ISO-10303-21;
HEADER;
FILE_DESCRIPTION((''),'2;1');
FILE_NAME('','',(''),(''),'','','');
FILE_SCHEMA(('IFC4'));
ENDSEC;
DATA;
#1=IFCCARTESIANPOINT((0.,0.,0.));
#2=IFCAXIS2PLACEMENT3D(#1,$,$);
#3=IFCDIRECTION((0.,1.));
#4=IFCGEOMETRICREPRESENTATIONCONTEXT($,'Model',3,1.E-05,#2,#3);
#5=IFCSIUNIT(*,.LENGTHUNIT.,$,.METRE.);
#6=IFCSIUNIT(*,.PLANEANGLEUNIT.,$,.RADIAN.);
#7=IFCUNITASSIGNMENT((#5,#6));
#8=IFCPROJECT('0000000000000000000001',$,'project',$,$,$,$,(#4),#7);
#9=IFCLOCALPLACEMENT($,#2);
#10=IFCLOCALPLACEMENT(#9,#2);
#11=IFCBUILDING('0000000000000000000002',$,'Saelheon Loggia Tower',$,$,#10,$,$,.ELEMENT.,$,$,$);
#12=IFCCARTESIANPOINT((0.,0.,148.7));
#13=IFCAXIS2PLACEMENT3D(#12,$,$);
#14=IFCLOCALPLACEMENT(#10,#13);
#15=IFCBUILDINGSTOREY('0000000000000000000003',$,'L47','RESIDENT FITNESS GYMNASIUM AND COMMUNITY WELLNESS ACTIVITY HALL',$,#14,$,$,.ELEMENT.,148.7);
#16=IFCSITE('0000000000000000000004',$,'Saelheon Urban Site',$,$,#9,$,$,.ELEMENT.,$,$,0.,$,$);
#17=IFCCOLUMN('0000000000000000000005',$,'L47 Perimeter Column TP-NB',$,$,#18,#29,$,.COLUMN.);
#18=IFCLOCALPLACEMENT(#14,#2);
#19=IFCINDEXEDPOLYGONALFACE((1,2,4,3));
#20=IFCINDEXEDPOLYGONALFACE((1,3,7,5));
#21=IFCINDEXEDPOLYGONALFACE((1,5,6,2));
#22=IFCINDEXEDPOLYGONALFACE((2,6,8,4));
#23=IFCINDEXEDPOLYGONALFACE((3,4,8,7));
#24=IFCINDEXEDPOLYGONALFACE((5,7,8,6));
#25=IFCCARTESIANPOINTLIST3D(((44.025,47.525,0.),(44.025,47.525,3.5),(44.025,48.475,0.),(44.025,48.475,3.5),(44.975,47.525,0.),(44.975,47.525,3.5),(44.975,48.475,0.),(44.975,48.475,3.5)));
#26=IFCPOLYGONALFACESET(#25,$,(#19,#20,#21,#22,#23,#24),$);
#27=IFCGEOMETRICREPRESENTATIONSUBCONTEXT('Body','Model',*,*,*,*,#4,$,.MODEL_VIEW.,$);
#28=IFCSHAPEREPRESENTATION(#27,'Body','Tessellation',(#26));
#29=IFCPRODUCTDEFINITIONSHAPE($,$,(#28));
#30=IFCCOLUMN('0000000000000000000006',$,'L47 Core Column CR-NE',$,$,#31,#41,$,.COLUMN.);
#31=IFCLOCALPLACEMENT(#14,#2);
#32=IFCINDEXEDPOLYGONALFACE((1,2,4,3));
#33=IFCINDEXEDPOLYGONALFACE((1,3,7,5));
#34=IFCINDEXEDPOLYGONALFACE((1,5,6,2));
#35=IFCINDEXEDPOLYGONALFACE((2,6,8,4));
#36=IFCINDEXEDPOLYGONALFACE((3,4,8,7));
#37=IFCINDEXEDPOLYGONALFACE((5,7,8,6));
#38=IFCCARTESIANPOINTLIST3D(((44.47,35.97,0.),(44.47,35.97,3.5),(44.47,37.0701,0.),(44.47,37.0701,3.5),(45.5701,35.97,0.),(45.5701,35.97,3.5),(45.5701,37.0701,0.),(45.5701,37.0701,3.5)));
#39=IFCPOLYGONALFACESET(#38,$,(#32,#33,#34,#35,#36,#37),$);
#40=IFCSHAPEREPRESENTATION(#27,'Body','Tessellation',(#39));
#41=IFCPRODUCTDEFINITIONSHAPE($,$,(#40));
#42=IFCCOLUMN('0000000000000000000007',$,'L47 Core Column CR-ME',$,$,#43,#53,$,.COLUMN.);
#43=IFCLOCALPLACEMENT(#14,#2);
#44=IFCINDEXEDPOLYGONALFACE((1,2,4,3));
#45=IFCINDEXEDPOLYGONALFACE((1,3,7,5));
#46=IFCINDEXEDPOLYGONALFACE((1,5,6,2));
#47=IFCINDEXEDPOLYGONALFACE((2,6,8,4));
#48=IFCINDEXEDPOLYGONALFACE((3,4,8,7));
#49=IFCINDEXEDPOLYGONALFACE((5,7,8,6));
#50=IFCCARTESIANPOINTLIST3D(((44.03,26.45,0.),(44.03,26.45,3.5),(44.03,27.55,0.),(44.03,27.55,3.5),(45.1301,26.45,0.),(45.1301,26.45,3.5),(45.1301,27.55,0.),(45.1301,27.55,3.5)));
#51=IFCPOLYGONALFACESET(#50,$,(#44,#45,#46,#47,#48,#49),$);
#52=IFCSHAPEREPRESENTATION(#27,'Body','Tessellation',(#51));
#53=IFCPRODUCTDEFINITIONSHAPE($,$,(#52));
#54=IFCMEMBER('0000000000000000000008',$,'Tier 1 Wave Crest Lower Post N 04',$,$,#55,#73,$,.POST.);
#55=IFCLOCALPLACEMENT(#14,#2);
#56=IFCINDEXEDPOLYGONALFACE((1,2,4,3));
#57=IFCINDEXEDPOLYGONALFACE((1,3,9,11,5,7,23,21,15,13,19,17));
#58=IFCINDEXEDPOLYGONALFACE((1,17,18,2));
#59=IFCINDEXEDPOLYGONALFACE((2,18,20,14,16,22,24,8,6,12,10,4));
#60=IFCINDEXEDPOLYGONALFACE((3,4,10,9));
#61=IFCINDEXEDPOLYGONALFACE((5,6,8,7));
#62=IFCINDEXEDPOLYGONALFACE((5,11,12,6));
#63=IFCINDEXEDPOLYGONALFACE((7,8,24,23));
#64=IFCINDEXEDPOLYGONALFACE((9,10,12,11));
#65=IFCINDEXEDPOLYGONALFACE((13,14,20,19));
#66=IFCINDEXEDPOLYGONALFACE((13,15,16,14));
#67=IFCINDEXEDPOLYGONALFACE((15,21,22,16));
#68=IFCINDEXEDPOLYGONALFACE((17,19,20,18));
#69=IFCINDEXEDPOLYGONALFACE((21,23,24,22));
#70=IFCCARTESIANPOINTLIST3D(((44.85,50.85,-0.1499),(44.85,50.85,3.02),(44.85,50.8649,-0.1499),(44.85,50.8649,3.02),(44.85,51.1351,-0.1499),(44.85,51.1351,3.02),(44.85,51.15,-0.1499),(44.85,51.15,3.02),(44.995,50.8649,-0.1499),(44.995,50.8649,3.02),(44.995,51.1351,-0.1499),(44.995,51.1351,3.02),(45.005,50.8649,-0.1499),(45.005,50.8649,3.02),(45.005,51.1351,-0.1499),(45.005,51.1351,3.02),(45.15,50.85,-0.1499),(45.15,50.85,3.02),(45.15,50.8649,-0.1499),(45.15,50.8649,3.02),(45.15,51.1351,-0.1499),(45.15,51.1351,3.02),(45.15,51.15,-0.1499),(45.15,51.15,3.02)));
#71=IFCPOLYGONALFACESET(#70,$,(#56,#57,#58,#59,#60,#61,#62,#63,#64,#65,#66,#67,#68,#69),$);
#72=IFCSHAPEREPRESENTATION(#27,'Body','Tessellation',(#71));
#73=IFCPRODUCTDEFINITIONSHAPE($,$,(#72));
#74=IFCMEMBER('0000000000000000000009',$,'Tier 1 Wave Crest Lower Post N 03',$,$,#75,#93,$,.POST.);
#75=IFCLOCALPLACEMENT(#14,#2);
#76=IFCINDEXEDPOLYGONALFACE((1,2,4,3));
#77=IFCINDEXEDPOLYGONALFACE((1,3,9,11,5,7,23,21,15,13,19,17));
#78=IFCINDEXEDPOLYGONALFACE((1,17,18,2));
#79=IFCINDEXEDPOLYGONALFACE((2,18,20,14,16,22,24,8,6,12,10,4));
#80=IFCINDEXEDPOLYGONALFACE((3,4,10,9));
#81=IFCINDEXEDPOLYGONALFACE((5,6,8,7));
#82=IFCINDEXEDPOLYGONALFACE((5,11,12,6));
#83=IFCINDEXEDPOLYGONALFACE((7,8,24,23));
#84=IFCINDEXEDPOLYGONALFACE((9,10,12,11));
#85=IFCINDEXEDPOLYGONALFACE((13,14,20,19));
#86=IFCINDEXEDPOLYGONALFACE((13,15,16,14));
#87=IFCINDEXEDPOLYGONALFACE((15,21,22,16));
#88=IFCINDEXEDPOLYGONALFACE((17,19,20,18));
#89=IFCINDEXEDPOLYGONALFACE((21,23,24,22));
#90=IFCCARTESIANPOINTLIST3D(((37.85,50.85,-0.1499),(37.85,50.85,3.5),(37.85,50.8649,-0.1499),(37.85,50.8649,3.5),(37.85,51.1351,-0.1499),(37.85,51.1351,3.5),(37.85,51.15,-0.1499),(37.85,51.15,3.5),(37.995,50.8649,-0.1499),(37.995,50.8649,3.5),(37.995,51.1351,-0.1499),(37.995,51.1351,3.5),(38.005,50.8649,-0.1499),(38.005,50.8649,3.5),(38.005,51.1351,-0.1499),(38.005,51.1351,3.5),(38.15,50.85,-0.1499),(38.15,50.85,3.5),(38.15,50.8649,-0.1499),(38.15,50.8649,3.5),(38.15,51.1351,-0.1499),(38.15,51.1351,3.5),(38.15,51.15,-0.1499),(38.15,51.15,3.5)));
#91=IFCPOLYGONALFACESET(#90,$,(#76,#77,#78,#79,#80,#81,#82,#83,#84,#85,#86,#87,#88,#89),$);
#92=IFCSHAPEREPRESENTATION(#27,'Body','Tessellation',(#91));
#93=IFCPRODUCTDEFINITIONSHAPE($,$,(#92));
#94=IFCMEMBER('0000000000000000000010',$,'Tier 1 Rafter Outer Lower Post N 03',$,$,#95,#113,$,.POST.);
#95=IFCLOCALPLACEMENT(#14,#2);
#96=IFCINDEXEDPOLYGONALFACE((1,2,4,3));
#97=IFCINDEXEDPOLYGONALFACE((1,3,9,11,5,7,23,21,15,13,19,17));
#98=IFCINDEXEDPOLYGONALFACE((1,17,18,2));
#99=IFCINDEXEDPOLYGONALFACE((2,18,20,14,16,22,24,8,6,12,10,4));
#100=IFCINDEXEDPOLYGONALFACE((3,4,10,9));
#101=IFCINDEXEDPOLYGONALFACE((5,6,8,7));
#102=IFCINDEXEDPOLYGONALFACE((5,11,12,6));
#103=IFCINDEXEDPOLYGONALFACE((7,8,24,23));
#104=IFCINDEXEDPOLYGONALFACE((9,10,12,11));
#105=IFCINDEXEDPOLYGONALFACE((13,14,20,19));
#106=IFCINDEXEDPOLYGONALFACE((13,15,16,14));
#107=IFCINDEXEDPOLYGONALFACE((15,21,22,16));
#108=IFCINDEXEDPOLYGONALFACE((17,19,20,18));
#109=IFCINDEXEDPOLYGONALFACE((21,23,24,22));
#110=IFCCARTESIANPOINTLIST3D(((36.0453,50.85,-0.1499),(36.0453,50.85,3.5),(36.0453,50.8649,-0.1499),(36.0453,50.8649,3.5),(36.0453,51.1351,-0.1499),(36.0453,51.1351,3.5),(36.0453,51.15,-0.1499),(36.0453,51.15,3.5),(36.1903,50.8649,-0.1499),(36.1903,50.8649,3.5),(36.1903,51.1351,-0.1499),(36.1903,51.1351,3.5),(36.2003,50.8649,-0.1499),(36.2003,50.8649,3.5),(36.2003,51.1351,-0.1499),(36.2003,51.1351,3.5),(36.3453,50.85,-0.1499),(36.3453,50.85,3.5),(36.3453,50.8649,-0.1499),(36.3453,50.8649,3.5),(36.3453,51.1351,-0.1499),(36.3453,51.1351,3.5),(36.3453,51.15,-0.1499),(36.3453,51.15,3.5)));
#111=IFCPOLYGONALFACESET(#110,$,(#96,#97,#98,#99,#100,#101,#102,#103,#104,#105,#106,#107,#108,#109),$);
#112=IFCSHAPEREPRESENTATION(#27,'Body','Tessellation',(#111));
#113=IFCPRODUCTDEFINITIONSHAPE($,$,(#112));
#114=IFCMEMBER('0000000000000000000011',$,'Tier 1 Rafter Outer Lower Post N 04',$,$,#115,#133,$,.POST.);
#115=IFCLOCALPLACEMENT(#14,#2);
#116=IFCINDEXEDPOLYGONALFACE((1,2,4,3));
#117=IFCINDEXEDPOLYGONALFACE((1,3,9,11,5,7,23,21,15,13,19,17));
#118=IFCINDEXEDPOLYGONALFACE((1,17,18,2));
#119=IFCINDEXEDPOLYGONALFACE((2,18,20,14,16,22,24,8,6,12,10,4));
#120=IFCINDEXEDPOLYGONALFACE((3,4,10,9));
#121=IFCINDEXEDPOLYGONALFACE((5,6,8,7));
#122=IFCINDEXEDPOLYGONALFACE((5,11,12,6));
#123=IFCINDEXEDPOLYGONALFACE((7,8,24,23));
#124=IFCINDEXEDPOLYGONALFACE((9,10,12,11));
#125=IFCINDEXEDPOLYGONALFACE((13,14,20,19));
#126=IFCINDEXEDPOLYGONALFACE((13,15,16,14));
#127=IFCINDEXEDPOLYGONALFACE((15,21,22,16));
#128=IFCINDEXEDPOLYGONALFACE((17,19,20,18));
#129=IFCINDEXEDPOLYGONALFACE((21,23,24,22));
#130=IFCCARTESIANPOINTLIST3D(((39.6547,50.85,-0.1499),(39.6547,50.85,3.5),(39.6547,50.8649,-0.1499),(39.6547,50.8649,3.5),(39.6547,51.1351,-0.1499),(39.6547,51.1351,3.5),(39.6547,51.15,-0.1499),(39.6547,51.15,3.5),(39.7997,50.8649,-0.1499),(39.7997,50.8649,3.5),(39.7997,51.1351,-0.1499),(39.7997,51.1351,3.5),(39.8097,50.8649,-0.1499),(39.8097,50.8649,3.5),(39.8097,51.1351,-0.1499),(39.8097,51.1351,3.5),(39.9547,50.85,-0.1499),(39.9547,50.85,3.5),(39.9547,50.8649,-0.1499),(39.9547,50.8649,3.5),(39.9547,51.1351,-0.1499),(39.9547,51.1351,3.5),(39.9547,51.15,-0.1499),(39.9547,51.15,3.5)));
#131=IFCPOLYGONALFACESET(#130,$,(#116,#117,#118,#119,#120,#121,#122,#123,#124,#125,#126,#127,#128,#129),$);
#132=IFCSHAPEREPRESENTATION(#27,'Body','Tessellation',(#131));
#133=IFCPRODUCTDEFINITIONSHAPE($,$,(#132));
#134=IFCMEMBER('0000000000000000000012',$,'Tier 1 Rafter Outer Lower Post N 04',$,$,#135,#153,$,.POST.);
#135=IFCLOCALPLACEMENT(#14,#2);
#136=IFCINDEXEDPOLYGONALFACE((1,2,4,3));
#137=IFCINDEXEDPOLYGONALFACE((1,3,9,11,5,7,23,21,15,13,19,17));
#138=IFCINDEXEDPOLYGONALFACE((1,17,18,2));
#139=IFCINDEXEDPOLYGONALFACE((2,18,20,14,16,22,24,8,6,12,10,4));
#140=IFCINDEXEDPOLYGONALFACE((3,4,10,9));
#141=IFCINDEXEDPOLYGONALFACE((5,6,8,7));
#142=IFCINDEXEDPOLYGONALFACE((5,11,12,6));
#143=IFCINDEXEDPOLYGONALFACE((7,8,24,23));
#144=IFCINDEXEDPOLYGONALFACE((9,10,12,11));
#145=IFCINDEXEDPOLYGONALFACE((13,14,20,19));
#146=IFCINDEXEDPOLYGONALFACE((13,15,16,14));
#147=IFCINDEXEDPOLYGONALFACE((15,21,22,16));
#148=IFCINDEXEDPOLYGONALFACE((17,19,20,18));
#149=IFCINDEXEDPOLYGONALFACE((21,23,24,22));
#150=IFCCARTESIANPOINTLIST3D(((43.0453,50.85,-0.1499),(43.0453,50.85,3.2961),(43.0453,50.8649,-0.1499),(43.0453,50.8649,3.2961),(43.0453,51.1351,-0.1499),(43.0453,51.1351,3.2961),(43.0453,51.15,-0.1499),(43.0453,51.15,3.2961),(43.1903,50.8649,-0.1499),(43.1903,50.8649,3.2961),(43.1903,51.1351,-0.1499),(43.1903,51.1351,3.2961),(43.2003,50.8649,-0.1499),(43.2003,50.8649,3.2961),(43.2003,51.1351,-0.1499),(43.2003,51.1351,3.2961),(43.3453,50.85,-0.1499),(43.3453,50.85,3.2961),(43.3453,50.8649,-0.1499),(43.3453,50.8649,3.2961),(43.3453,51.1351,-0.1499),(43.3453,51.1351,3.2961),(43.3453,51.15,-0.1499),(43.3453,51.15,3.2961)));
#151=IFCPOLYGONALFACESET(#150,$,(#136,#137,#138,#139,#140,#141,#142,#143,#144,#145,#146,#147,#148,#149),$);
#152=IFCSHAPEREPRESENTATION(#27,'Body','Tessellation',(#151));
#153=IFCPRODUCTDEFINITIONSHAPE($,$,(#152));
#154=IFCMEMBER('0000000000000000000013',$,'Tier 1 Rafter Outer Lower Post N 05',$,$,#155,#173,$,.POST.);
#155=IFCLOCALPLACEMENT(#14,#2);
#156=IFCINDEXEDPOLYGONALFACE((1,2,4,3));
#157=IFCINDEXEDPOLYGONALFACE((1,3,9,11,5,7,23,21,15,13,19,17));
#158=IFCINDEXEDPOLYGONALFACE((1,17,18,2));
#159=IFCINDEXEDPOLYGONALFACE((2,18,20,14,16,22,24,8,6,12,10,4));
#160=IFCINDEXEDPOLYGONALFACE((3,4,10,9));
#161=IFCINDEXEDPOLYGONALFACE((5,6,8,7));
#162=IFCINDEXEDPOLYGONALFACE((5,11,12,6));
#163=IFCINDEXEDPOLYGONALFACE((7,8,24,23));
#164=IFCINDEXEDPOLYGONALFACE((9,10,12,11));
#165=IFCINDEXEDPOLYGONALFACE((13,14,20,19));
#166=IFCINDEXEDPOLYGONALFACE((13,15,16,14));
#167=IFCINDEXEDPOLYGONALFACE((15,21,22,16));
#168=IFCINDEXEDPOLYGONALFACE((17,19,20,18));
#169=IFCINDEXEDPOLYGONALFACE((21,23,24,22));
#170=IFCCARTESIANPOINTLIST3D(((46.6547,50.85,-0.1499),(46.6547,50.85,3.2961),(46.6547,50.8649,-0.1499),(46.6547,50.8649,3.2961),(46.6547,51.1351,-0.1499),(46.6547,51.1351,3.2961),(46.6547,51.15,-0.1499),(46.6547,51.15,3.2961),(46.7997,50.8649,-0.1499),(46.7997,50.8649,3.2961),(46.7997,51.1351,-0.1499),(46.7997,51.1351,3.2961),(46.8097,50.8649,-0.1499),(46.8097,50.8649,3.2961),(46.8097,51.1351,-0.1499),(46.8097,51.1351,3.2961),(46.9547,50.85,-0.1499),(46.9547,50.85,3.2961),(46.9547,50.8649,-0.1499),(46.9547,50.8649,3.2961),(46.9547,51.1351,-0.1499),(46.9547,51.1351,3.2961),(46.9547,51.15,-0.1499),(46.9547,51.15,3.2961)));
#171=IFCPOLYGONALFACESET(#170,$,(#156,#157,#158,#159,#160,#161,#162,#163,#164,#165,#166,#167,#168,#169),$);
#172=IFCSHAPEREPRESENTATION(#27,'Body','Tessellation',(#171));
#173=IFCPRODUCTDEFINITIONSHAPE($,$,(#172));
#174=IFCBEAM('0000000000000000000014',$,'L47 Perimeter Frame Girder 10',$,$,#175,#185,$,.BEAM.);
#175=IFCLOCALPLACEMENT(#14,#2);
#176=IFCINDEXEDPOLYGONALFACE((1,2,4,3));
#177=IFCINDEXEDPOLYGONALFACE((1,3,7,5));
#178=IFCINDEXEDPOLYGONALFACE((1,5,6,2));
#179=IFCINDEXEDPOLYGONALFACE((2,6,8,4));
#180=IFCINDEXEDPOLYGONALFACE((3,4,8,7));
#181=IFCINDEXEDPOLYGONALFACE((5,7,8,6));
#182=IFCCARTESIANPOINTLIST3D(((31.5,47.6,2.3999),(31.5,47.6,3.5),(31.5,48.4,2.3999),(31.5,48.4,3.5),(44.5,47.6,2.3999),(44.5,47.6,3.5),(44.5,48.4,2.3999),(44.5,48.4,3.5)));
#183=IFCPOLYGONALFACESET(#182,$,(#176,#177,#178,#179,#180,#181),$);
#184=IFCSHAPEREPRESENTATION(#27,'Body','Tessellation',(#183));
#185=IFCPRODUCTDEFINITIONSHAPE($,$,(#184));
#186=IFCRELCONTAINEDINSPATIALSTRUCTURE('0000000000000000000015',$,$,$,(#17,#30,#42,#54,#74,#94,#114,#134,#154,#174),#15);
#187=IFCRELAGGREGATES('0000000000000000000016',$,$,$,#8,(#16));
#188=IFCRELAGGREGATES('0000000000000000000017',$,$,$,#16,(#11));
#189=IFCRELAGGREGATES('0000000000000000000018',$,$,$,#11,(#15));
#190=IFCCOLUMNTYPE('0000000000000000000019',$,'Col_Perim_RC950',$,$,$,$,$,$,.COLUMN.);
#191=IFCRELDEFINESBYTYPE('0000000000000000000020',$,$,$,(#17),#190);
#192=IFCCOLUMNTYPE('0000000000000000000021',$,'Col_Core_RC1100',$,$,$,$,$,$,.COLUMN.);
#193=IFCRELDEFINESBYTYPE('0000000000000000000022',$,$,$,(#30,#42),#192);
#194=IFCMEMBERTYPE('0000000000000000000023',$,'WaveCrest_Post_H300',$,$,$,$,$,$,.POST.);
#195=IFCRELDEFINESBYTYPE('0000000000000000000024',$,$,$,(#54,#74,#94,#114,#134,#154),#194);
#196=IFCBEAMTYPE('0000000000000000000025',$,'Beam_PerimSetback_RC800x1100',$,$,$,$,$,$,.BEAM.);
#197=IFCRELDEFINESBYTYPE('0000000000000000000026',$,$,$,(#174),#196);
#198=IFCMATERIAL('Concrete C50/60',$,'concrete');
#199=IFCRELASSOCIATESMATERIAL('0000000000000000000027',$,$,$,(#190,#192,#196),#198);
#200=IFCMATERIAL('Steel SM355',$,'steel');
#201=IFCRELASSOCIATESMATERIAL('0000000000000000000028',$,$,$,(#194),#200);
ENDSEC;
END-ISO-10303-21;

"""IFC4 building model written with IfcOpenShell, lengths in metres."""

from ifc_helpers import new_model, si_unit, direction, frame, origin, origin_2d, place, context, subcontext, project, spatial, rectangle, i_section, extrude, source, transform, mapped, material, material_profile, profile_set, type_object, element, save


model = new_model("IFC4")

# Units and contexts
model_context = context("Model", 3, precision=1e-05, world=origin(), true_north=direction((0.0, 1.0)))
body_context = subcontext(model_context, "Body", "Model", "MODEL_VIEW")
ifc_project = project(units=[si_unit("LENGTHUNIT", "METRE"), si_unit("PLANEANGLEUNIT", "RADIAN")], contexts=[model_context])

# Site, building, storey
site_placement = place(None, origin())
site = spatial("IfcSite", under=ifc_project, at=site_placement, Name="Saelheon Urban Site", CompositionType="ELEMENT", RefElevation=0.0)
building_placement = place(site_placement, origin())
building = spatial("IfcBuilding", under=site, at=building_placement, Name="Saelheon Loggia Tower", CompositionType="ELEMENT")
storey_placement = place(building_placement, frame((0.0, 0.0, 148.7)))
storey = spatial("IfcBuildingStorey", under=building, at=storey_placement, Name="L47", Description="RESIDENT FITNESS GYMNASIUM AND COMMUNITY WELLNESS ACTIVITY HALL", CompositionType="ELEMENT", Elevation=148.7)

# Columns
ifc_material_1 = material(Name="Concrete C50/60", Category="concrete")
ifc_material_profile_1 = material_profile(ifc_material_1, rectangle(XDim=0.95, YDim=0.95, at=origin_2d()), Name="RC-950x950")
ifc_profile_set_1 = profile_set([ifc_material_profile_1], Name="Concrete C50/60")
column_type_1 = type_object("IfcColumnType", Name="Col_Perim_RC950", PredefinedType="COLUMN", material=ifc_profile_set_1)
shared_shape_1 = source(origin(), body_context, "Body", "SweptSolid", [
    extrude(rectangle(XDim=0.95, YDim=0.95, at=origin_2d()), origin(), (0.0, 0.0, 1.0), 3.5),
])
column_placement = place(storey_placement, frame((44.5, 48.0, 0.0), z_axis=(0.0, 0.0, 1.0), x_axis=(1.0, 0.0, 0.0)))
element("IfcColumn", 1, at=column_placement, inside=storey, type_object=column_type_1, Name="L47 Perimeter Column TP-NB", PredefinedType="COLUMN", context=body_context, shape_type="MappedRepresentation", body=[
    mapped(shared_shape_1, transform((0.0, 0.0, 0.0), scale=1.0)),
])
ifc_material_profile_2 = material_profile(ifc_material_1, rectangle(XDim=1.1001, YDim=1.1001, at=origin_2d()), Name="RC-1100x1100")
ifc_profile_set_2 = profile_set([ifc_material_profile_2], Name="Concrete C50/60")
column_type_2 = type_object("IfcColumnType", Name="Col_Core_RC1100", PredefinedType="COLUMN", material=ifc_profile_set_2)
shared_shape_2 = source(origin(), body_context, "Body", "SweptSolid", [
    extrude(rectangle(XDim=1.1001, YDim=1.1001, at=origin_2d()), origin(), (0.0, 0.0, 1.0), 3.5),
])
for number, where, z_axis, x_axis, name in (
    (2, (45.02, 36.52, 0.0), (0.0, 0.0, 1.0), (1.0, 0.0, 0.0), "L47 Core Column CR-NE"),
    (3, (44.5801, 27.0, 0.0), (0.0, 0.0, 1.0), (1.0, 0.0, 0.0), "L47 Core Column CR-ME"),
):
    element("IfcColumn", number, at=place(storey_placement, frame(where, z_axis=z_axis, x_axis=x_axis)), inside=storey, type_object=column_type_2, Name=name, PredefinedType="COLUMN", context=body_context, shape_type="MappedRepresentation", body=[
        mapped(shared_shape_2, transform((0.0, 0.0, 0.0), scale=1.0)),
    ])

# Members
ifc_material_2 = material(Name="Steel SM355", Category="steel")
ifc_material_profile_3 = material_profile(ifc_material_2, i_section(OverallWidth=0.3, OverallDepth=0.3, WebThickness=0.01, FlangeThickness=0.0149, at=origin_2d()), Name="H-300x300x10x15")
ifc_profile_set_3 = profile_set([ifc_material_profile_3], Name="Steel SM355")
member_type = type_object("IfcMemberType", Name="WaveCrest_Post_H300", PredefinedType="POST", material=ifc_profile_set_3)
shared_shape_3 = source(origin(), body_context, "Body", "SweptSolid", [
    extrude(i_section(OverallWidth=0.3, OverallDepth=0.3, WebThickness=0.01, FlangeThickness=0.0149, at=origin_2d()), origin(), (0.0, 0.0, 1.0), 3.1699),
])
member_placement = place(storey_placement, frame((45.0, 51.0, -0.1499), z_axis=(0.0, 0.0, 1.0), x_axis=(1.0, 0.0, 0.0)))
element("IfcMember", 4, at=member_placement, inside=storey, type_object=member_type, Name="Tier 1 Wave Crest Lower Post N 04", PredefinedType="POST", context=body_context, shape_type="MappedRepresentation", body=[
    mapped(shared_shape_3, transform((0.0, 0.0, 0.0), scale=1.0)),
])
shared_shape_4 = source(origin(), body_context, "Body", "SweptSolid", [
    extrude(i_section(OverallWidth=0.3, OverallDepth=0.3, WebThickness=0.01, FlangeThickness=0.0149, at=origin_2d()), origin(), (0.0, 0.0, 1.0), 3.6499),
])
for number, where, z_axis, x_axis, name in (
    (5, (38.0, 51.0, -0.1499), (0.0, 0.0, 1.0), (1.0, 0.0, 0.0), "Tier 1 Wave Crest Lower Post N 03"),
    (6, (36.1953, 51.0, -0.1499), (0.0, 0.0, 1.0), (1.0, 0.0, 0.0), "Tier 1 Rafter Outer Lower Post N 03"),
    (7, (39.8047, 51.0, -0.1499), (0.0, 0.0, 1.0), (1.0, 0.0, 0.0), "Tier 1 Rafter Outer Lower Post N 04"),
):
    element("IfcMember", number, at=place(storey_placement, frame(where, z_axis=z_axis, x_axis=x_axis)), inside=storey, type_object=member_type, Name=name, PredefinedType="POST", context=body_context, shape_type="MappedRepresentation", body=[
        mapped(shared_shape_4, transform((0.0, 0.0, 0.0), scale=1.0)),
    ])
shared_shape_5 = source(origin(), body_context, "Body", "SweptSolid", [
    extrude(i_section(OverallWidth=0.3, OverallDepth=0.3, WebThickness=0.01, FlangeThickness=0.0149, at=origin_2d()), origin(), (0.0, 0.0, 1.0), 3.446),
])
for number, where, z_axis, x_axis, name in (
    (8, (43.1953, 51.0, -0.1499), (0.0, 0.0, 1.0), (1.0, 0.0, 0.0), "Tier 1 Rafter Outer Lower Post N 04"),
    (9, (46.8047, 51.0, -0.1499), (0.0, 0.0, 1.0), (1.0, 0.0, 0.0), "Tier 1 Rafter Outer Lower Post N 05"),
):
    element("IfcMember", number, at=place(storey_placement, frame(where, z_axis=z_axis, x_axis=x_axis)), inside=storey, type_object=member_type, Name=name, PredefinedType="POST", context=body_context, shape_type="MappedRepresentation", body=[
        mapped(shared_shape_5, transform((0.0, 0.0, 0.0), scale=1.0)),
    ])

# Beam
ifc_material_profile_4 = material_profile(ifc_material_1, rectangle(XDim=0.8, YDim=1.1001, at=origin_2d()), Name="RC-800x1100")
ifc_profile_set_4 = profile_set([ifc_material_profile_4], Name="Concrete C50/60")
beam_type_1 = type_object("IfcBeamType", Name="Beam_PerimSetback_RC800x1100", PredefinedType="BEAM", material=ifc_profile_set_4)
shared_shape_6 = source(origin(), body_context, "Body", "SweptSolid", [
    extrude(rectangle(XDim=0.8, YDim=1.1001, at=origin_2d()), origin(), (0.0, 0.0, 1.0), 13.0),
])
beam_1_placement = place(storey_placement, frame((44.5, 48.0, 2.95), z_axis=(-1.0, 0.0, 0.0), x_axis=(0.0, -1.0, 0.0)))
element("IfcBeam", 10, at=beam_1_placement, inside=storey, type_object=beam_type_1, Name="L47 Perimeter Frame Girder 10", PredefinedType="BEAM", context=body_context, shape_type="MappedRepresentation", body=[
    mapped(shared_shape_6, transform((0.0, 0.0, 0.0), scale=1.0)),
])

save(model, "model.ifc")
